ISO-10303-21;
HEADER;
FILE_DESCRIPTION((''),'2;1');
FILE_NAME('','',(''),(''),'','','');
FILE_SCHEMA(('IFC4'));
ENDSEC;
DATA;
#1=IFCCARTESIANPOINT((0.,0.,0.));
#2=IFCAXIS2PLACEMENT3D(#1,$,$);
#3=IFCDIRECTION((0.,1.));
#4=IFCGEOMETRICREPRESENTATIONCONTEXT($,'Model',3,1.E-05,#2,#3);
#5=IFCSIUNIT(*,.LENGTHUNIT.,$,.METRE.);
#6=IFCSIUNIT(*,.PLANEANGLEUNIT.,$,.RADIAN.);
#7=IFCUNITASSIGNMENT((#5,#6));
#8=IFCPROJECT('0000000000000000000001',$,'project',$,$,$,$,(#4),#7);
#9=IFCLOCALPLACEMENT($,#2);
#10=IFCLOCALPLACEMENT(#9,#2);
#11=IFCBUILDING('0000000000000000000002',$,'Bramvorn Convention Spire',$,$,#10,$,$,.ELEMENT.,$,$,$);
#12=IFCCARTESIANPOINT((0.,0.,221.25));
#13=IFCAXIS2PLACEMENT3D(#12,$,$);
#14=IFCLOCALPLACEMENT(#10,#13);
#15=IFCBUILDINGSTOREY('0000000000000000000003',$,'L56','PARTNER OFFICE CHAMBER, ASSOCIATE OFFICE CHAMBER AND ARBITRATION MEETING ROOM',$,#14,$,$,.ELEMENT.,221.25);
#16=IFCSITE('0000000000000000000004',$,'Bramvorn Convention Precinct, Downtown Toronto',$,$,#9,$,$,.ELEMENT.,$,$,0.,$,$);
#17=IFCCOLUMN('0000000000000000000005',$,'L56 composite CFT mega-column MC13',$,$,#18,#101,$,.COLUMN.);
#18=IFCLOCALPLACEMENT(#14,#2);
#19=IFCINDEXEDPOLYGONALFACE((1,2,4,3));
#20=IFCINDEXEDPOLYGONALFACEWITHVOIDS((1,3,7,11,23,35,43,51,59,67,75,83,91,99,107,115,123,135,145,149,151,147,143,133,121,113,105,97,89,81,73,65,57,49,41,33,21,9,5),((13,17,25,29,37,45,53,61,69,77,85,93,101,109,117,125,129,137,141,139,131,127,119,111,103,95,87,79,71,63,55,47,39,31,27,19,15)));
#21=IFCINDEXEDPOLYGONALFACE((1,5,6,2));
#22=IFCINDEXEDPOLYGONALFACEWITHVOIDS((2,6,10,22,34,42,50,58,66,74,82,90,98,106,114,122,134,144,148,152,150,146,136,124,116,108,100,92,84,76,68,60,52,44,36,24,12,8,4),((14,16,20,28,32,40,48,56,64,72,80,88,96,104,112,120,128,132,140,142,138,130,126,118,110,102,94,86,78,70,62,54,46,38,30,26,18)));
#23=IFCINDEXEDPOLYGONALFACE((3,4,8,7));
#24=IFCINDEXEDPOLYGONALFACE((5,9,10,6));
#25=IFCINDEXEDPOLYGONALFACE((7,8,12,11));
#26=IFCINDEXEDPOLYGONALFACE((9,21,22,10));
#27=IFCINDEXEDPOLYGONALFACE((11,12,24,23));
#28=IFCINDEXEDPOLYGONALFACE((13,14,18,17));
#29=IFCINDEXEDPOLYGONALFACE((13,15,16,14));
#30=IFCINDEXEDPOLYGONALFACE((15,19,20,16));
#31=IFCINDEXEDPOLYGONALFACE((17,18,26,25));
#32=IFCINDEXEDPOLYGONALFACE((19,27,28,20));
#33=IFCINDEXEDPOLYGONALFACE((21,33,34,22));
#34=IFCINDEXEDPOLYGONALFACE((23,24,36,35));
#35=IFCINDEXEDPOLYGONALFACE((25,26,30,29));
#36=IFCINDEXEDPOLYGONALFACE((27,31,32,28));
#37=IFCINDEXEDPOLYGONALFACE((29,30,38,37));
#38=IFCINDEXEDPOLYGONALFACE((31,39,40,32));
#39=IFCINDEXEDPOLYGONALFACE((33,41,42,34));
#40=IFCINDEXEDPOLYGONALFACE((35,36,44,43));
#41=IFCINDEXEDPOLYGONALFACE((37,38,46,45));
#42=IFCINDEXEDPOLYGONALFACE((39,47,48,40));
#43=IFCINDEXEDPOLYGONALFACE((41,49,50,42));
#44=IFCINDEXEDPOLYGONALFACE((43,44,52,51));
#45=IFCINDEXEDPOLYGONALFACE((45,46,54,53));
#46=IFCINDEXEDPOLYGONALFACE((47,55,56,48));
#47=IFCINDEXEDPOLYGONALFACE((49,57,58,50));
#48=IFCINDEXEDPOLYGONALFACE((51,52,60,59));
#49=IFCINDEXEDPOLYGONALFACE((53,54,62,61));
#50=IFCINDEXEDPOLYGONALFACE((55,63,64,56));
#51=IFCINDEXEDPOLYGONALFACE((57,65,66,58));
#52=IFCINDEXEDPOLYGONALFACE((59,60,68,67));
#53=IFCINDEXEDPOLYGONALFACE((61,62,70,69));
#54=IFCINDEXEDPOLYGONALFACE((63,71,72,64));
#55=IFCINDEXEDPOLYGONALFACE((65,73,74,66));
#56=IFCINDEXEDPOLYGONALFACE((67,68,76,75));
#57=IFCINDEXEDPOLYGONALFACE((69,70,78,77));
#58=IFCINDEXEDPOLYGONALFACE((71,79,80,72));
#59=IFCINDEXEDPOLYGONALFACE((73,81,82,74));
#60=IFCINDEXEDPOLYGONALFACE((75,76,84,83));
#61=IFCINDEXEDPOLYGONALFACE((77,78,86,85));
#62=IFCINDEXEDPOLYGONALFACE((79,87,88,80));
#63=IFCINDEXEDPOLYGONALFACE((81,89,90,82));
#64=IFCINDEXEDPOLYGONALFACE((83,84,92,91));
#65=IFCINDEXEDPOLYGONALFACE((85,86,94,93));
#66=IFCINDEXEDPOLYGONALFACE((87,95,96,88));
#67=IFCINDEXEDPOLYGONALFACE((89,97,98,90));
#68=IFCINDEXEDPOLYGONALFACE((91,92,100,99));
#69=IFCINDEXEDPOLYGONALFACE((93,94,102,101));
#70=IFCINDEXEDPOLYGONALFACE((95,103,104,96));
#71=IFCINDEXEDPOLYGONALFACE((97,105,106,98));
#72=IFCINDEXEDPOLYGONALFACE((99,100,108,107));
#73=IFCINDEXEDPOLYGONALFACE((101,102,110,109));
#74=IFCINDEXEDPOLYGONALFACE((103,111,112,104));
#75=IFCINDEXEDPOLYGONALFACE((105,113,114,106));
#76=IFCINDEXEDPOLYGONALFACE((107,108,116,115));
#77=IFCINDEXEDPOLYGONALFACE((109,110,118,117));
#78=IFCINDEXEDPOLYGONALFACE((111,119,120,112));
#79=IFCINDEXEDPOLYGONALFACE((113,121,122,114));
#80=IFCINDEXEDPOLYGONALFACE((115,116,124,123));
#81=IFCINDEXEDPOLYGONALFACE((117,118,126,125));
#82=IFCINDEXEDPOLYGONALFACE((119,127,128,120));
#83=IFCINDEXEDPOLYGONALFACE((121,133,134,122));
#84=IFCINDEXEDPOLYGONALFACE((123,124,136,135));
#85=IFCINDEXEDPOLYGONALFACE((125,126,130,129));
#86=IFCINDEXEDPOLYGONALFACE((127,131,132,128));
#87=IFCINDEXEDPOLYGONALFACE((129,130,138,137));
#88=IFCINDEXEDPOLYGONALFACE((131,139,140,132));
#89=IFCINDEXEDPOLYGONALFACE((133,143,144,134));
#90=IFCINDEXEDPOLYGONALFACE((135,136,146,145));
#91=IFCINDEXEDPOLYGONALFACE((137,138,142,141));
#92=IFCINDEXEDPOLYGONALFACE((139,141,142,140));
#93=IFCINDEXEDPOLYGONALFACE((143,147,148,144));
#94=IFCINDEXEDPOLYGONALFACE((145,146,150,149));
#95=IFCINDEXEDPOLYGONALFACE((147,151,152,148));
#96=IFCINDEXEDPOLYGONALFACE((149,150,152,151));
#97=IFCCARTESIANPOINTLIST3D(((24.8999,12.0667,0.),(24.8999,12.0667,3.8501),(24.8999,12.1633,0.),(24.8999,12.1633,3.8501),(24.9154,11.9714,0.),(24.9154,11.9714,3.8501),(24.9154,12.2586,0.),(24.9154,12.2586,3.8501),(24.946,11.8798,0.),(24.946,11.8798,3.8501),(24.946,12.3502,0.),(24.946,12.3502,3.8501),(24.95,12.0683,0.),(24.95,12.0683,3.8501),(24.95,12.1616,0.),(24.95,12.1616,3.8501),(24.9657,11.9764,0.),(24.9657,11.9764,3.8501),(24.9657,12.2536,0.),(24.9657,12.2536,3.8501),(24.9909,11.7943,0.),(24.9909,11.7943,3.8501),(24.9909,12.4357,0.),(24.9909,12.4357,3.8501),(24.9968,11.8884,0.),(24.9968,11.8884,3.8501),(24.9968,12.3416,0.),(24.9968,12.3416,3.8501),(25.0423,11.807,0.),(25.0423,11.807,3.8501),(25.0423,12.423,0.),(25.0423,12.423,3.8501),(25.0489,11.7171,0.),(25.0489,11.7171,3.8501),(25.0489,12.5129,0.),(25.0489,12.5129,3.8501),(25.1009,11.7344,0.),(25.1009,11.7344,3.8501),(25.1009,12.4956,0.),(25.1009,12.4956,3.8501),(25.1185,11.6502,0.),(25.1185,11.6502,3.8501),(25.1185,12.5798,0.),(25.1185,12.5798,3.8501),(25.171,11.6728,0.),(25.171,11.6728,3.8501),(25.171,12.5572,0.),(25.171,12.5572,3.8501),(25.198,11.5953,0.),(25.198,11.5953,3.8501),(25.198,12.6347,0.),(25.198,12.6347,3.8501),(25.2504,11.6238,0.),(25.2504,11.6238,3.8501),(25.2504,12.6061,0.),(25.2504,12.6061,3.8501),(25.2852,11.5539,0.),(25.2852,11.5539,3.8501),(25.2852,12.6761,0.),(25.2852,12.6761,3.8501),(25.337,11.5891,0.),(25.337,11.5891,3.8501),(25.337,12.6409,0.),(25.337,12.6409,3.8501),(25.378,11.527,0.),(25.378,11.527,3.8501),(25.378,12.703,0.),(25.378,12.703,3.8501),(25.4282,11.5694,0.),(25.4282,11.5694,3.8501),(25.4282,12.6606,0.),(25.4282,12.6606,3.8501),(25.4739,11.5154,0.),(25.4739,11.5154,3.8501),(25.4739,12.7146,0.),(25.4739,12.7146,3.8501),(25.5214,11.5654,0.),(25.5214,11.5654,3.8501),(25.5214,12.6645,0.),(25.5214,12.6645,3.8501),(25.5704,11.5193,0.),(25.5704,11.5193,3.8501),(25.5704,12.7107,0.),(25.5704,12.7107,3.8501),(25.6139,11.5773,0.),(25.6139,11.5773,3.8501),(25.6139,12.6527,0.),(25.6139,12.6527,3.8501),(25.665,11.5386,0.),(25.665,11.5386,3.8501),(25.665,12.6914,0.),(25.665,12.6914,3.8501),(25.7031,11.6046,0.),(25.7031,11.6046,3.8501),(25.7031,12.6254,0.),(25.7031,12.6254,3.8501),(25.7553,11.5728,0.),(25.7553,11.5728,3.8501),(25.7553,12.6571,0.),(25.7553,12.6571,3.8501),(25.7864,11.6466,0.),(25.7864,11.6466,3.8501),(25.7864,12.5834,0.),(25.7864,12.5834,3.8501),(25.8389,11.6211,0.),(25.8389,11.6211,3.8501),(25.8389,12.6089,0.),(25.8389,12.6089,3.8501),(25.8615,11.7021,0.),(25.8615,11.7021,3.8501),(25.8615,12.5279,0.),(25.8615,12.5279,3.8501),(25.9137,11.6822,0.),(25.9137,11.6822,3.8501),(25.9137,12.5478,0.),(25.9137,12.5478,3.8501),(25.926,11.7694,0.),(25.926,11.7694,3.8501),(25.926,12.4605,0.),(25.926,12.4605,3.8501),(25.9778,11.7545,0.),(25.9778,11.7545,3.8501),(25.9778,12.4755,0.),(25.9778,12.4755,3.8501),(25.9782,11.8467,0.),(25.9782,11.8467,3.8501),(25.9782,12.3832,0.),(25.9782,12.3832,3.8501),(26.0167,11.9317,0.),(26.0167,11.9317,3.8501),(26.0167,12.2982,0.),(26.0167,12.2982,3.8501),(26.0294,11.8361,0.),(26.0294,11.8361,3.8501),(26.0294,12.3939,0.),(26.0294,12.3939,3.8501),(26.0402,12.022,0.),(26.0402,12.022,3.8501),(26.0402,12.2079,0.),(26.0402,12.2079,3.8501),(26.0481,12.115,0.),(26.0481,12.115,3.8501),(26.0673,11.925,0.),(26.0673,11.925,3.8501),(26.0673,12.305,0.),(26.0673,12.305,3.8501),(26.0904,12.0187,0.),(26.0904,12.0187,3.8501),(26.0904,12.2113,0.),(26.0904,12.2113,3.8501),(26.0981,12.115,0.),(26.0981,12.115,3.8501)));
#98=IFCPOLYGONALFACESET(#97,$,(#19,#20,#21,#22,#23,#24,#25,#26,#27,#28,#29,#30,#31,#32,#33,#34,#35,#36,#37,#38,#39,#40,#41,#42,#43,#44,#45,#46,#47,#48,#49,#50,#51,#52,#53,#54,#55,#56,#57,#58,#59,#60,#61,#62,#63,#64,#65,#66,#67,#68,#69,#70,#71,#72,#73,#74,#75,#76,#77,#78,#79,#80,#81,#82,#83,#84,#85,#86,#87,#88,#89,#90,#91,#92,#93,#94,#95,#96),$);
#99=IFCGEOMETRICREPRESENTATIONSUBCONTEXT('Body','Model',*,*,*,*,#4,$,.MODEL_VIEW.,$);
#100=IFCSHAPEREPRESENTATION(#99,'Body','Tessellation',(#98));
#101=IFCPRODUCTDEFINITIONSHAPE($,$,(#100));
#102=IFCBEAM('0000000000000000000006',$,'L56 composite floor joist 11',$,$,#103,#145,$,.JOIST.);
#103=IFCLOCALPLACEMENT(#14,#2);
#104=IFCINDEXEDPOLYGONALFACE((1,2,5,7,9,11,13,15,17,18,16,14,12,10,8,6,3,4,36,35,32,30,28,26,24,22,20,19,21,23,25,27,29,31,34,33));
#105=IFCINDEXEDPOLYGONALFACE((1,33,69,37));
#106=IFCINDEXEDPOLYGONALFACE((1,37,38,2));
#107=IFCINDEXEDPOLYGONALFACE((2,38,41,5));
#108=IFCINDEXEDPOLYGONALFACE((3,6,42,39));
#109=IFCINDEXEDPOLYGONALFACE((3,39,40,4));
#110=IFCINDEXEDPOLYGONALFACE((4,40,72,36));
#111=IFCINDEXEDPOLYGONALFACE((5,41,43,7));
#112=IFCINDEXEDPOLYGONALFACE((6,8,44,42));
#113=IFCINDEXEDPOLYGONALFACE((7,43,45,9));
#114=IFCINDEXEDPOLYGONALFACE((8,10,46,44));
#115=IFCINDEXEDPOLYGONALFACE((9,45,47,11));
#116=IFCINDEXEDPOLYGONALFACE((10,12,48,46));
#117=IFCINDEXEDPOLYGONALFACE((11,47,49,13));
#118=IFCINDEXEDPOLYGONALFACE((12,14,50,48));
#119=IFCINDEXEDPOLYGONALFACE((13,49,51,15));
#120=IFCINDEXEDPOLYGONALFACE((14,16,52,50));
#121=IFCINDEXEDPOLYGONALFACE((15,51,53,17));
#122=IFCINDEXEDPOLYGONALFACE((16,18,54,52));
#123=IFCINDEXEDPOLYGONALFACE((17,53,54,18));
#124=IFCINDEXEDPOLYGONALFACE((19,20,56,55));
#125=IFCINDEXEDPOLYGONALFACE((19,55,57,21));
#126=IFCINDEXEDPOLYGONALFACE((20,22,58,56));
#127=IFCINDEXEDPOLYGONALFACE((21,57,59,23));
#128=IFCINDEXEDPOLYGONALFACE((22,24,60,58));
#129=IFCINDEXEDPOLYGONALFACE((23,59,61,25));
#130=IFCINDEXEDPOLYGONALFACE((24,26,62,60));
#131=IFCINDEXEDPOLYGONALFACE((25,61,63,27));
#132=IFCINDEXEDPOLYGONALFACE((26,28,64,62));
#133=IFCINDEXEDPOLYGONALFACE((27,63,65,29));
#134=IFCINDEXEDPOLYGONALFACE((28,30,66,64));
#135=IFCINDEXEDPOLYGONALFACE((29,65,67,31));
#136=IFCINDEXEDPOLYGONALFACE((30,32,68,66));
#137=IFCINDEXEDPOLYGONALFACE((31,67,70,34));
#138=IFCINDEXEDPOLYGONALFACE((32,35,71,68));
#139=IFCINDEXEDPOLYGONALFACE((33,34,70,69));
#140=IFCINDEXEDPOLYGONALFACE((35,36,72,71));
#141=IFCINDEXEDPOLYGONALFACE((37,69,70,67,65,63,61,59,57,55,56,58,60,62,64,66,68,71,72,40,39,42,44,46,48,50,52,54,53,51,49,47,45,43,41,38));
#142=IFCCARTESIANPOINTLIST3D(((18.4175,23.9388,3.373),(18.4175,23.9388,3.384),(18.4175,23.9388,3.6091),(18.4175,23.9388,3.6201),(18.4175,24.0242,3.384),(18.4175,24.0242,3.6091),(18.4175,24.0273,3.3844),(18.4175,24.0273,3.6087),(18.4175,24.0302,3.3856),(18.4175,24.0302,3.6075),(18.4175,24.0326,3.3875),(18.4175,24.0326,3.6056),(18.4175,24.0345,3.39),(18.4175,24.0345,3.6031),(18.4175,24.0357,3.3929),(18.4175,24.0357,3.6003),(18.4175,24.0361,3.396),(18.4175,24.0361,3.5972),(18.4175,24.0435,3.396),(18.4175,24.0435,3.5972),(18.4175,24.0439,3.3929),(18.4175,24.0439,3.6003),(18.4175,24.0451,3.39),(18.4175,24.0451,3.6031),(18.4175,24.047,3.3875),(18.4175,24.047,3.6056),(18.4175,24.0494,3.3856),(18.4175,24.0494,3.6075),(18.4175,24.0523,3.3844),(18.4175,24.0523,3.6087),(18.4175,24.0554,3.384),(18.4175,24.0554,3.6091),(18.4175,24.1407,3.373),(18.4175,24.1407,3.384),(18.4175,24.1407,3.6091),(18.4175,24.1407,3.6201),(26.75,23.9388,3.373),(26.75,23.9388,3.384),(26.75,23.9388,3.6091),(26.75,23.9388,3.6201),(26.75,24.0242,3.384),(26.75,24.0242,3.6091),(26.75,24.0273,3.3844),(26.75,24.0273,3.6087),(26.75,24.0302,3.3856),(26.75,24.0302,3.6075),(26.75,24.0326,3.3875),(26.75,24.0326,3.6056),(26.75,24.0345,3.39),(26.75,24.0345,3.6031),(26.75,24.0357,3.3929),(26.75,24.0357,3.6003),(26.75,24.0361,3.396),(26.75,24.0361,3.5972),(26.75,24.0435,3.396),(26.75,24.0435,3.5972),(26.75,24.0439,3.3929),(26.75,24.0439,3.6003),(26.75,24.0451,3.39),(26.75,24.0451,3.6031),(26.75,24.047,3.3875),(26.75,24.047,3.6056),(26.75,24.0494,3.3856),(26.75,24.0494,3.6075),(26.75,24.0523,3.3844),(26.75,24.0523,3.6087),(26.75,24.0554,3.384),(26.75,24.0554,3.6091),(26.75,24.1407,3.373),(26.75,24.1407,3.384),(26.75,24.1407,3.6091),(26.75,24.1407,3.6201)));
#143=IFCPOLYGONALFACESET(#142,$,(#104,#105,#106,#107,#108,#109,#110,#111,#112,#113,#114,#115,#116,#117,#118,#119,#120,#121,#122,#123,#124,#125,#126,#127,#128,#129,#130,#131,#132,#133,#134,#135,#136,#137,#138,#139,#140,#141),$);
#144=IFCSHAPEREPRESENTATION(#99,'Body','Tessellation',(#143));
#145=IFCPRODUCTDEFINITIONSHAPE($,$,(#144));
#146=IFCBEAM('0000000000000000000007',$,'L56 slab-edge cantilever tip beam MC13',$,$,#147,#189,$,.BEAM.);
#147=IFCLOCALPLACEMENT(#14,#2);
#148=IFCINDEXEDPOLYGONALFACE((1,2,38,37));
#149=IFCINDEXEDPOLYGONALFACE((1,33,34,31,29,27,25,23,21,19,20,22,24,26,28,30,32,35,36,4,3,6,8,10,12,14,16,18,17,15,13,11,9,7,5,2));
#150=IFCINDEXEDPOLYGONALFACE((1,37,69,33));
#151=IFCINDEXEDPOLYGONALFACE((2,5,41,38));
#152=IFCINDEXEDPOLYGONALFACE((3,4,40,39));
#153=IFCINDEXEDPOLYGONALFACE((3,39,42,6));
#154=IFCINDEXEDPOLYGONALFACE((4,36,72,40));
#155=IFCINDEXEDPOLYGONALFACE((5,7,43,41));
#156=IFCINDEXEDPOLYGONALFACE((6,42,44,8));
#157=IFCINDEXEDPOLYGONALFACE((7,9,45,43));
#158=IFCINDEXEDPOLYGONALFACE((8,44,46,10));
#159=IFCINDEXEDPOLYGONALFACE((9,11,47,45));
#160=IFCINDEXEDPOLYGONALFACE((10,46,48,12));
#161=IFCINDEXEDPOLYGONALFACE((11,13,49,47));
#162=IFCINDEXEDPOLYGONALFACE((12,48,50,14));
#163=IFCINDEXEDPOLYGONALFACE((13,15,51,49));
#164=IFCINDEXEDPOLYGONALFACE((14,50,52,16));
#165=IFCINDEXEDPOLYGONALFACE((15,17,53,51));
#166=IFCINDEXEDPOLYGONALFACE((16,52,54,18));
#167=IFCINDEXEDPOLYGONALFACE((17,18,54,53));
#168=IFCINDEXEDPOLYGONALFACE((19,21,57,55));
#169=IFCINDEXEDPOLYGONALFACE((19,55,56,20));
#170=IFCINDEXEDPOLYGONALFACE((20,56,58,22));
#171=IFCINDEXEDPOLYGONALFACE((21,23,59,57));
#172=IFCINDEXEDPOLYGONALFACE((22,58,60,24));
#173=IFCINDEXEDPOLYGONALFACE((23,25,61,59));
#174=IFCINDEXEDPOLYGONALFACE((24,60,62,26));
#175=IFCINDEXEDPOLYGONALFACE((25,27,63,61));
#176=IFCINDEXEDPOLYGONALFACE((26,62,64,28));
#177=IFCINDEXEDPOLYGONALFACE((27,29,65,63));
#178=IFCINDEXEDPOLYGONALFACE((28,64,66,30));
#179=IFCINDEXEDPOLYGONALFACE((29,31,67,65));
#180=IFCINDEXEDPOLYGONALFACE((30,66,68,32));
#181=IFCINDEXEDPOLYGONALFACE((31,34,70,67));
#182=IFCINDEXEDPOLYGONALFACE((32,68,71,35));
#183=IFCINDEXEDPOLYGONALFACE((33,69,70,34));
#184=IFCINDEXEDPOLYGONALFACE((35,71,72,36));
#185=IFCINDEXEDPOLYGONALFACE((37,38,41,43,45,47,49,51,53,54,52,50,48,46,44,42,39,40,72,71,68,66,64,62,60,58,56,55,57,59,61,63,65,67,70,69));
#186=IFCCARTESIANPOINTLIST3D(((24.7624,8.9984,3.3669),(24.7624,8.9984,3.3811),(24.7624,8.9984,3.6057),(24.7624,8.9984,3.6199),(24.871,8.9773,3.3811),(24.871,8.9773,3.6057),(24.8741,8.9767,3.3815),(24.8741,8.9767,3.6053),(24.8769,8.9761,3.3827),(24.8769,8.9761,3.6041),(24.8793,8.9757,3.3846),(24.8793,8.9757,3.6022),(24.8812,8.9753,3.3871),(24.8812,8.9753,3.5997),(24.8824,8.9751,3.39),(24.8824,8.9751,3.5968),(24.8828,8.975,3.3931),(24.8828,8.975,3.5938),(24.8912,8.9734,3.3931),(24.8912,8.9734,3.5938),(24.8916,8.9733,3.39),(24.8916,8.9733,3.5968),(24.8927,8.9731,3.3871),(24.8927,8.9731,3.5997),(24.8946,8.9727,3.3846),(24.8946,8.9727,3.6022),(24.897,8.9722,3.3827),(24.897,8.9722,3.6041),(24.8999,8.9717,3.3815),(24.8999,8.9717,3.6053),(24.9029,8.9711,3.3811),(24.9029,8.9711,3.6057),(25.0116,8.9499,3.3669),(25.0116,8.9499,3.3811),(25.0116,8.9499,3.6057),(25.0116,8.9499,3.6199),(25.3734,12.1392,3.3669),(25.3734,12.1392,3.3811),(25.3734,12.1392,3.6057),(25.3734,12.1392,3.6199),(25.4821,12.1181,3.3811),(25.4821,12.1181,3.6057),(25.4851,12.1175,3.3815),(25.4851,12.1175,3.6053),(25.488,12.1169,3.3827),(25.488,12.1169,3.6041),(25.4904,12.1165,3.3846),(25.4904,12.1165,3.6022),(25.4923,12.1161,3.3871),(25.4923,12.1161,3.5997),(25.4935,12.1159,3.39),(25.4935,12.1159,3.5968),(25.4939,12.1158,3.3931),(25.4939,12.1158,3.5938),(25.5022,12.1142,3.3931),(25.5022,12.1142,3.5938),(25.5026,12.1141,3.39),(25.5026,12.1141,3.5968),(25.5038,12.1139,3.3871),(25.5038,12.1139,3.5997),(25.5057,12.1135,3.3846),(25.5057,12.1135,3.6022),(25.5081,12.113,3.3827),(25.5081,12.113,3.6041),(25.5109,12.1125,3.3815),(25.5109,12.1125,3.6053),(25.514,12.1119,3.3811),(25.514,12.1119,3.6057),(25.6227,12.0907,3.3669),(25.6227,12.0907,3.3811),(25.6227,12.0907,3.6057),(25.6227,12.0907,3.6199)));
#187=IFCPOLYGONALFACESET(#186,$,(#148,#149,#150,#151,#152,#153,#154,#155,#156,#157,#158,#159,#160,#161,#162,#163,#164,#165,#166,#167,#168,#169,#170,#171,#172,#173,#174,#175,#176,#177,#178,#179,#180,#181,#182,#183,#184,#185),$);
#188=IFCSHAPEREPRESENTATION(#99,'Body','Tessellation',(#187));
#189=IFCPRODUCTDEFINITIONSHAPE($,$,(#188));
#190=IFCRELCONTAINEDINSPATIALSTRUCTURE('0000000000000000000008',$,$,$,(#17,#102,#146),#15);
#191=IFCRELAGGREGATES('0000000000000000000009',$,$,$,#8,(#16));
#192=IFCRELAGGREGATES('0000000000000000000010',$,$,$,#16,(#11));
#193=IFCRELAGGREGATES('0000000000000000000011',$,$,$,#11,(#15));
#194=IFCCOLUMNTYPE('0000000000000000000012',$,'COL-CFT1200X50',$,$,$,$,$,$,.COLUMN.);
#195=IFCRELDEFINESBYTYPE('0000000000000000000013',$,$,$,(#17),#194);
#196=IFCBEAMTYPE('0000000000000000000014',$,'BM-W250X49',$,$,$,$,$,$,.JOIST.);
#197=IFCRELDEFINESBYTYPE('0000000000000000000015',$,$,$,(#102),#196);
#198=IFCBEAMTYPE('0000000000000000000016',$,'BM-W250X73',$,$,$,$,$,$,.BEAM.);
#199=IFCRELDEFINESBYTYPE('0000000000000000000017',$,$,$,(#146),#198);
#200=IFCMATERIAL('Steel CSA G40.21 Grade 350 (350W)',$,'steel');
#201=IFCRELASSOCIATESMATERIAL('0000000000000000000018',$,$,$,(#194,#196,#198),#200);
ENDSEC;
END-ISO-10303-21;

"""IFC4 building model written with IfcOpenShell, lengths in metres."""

from ifc_helpers import new_model, si_unit, direction, frame, origin, origin_2d, place, context, subcontext, project, spatial, hollow_circle, i_section, extrude, material, material_profile, profile_set, type_object, element, save


model = new_model("IFC4")

# Units and contexts
model_context = context("Model", 3, precision=1e-05, world=origin(), true_north=direction((0.0, 1.0)))
body_context = subcontext(model_context, "Body", "Model", "MODEL_VIEW")
ifc_project = project(units=[si_unit("LENGTHUNIT", "METRE"), si_unit("PLANEANGLEUNIT", "RADIAN")], contexts=[model_context])

# Site, building, storey
site_placement = place(None, origin())
site = spatial("IfcSite", under=ifc_project, at=site_placement, Name="Bramvorn Convention Precinct, Downtown Toronto", CompositionType="ELEMENT", RefElevation=0.0)
building_placement = place(site_placement, origin())
building = spatial("IfcBuilding", under=site, at=building_placement, Name="Bramvorn Convention Spire", CompositionType="ELEMENT")
storey_placement = place(building_placement, frame((0.0, 0.0, 221.25)))
storey = spatial("IfcBuildingStorey", under=building, at=storey_placement, Name="L56", Description="PARTNER OFFICE CHAMBER, ASSOCIATE OFFICE CHAMBER AND ARBITRATION MEETING ROOM", CompositionType="ELEMENT", Elevation=221.25)

# Column
ifc_material_1 = material(Name="Steel CSA G40.21 Grade 350 (350W)", Category="steel")
ifc_material_profile_1 = material_profile(ifc_material_1, hollow_circle(Radius=0.6001, WallThickness=0.05, at=origin_2d()))
ifc_profile_set_1 = profile_set([ifc_material_profile_1], Name="Steel CSA G40.21 Grade 350 (350W) - CFT1200X50")
column_type = type_object("IfcColumnType", Name="COL-CFT1200X50", PredefinedType="COLUMN", material=ifc_profile_set_1)
column_placement = place(storey_placement, frame((25.498, 12.115, 0.0), z_axis=(0.0, 0.0, 1.0), x_axis=(1.0, 0.0, 0.0)))
element("IfcColumn", 1, at=column_placement, inside=storey, type_object=column_type, Name="L56 composite CFT mega-column MC13", PredefinedType="COLUMN", context=body_context, shape_type="SweptSolid", body=[
    extrude(hollow_circle(Radius=0.6001, WallThickness=0.05, at=origin_2d()), origin(), (0.0, 0.0, 1.0), 3.8501),
])

# Beams
ifc_material_profile_2 = material_profile(ifc_material_1, i_section(OverallWidth=0.2019, OverallDepth=0.2471, WebThickness=0.0073, FlangeThickness=0.011, FilletRadius=0.012, at=origin_2d()))
ifc_profile_set_2 = profile_set([ifc_material_profile_2], Name="Steel CSA G40.21 Grade 350 (350W) - W250X49")
beam_type_1 = type_object("IfcBeamType", Name="BM-W250X49", PredefinedType="JOIST", material=ifc_profile_set_2)
beam_1_placement = place(storey_placement, frame((26.75, 24.0398, 3.4966), z_axis=(-1.0, 0.0, 0.0), x_axis=(0.0, -1.0, 0.0)))
element("IfcBeam", 2, at=beam_1_placement, inside=storey, type_object=beam_type_1, Name="L56 composite floor joist 11", PredefinedType="JOIST", context=body_context, shape_type="SweptSolid", body=[
    extrude(i_section(OverallWidth=0.2019, OverallDepth=0.2471, WebThickness=0.0073, FlangeThickness=0.011, FilletRadius=0.012, at=origin_2d()), origin(), (0.0, 0.0, 1.0), 8.3325),
])
ifc_material_profile_3 = material_profile(ifc_material_1, i_section(OverallWidth=0.2539, OverallDepth=0.2529, WebThickness=0.0085, FlangeThickness=0.0142, FilletRadius=0.012, at=origin_2d()))
ifc_profile_set_3 = profile_set([ifc_material_profile_3], Name="Steel CSA G40.21 Grade 350 (350W) - W250X73")
beam_type_2 = type_object("IfcBeamType", Name="BM-W250X73", PredefinedType="BEAM", material=ifc_profile_set_3)
beam_2_placement = place(storey_placement, frame((25.498, 12.115, 3.4934), z_axis=(-0.190978, -0.981594, 0.0), x_axis=(0.981594, -0.190978, 0.0)))
element("IfcBeam", 3, at=beam_2_placement, inside=storey, type_object=beam_type_2, Name="L56 slab-edge cantilever tip beam MC13", PredefinedType="BEAM", context=body_context, shape_type="SweptSolid", body=[
    extrude(i_section(OverallWidth=0.2539, OverallDepth=0.2529, WebThickness=0.0085, FlangeThickness=0.0142, FilletRadius=0.012, at=origin_2d()), origin(), (0.0, 0.0, 1.0), 3.1997),
])

save(model, "model.ifc")
